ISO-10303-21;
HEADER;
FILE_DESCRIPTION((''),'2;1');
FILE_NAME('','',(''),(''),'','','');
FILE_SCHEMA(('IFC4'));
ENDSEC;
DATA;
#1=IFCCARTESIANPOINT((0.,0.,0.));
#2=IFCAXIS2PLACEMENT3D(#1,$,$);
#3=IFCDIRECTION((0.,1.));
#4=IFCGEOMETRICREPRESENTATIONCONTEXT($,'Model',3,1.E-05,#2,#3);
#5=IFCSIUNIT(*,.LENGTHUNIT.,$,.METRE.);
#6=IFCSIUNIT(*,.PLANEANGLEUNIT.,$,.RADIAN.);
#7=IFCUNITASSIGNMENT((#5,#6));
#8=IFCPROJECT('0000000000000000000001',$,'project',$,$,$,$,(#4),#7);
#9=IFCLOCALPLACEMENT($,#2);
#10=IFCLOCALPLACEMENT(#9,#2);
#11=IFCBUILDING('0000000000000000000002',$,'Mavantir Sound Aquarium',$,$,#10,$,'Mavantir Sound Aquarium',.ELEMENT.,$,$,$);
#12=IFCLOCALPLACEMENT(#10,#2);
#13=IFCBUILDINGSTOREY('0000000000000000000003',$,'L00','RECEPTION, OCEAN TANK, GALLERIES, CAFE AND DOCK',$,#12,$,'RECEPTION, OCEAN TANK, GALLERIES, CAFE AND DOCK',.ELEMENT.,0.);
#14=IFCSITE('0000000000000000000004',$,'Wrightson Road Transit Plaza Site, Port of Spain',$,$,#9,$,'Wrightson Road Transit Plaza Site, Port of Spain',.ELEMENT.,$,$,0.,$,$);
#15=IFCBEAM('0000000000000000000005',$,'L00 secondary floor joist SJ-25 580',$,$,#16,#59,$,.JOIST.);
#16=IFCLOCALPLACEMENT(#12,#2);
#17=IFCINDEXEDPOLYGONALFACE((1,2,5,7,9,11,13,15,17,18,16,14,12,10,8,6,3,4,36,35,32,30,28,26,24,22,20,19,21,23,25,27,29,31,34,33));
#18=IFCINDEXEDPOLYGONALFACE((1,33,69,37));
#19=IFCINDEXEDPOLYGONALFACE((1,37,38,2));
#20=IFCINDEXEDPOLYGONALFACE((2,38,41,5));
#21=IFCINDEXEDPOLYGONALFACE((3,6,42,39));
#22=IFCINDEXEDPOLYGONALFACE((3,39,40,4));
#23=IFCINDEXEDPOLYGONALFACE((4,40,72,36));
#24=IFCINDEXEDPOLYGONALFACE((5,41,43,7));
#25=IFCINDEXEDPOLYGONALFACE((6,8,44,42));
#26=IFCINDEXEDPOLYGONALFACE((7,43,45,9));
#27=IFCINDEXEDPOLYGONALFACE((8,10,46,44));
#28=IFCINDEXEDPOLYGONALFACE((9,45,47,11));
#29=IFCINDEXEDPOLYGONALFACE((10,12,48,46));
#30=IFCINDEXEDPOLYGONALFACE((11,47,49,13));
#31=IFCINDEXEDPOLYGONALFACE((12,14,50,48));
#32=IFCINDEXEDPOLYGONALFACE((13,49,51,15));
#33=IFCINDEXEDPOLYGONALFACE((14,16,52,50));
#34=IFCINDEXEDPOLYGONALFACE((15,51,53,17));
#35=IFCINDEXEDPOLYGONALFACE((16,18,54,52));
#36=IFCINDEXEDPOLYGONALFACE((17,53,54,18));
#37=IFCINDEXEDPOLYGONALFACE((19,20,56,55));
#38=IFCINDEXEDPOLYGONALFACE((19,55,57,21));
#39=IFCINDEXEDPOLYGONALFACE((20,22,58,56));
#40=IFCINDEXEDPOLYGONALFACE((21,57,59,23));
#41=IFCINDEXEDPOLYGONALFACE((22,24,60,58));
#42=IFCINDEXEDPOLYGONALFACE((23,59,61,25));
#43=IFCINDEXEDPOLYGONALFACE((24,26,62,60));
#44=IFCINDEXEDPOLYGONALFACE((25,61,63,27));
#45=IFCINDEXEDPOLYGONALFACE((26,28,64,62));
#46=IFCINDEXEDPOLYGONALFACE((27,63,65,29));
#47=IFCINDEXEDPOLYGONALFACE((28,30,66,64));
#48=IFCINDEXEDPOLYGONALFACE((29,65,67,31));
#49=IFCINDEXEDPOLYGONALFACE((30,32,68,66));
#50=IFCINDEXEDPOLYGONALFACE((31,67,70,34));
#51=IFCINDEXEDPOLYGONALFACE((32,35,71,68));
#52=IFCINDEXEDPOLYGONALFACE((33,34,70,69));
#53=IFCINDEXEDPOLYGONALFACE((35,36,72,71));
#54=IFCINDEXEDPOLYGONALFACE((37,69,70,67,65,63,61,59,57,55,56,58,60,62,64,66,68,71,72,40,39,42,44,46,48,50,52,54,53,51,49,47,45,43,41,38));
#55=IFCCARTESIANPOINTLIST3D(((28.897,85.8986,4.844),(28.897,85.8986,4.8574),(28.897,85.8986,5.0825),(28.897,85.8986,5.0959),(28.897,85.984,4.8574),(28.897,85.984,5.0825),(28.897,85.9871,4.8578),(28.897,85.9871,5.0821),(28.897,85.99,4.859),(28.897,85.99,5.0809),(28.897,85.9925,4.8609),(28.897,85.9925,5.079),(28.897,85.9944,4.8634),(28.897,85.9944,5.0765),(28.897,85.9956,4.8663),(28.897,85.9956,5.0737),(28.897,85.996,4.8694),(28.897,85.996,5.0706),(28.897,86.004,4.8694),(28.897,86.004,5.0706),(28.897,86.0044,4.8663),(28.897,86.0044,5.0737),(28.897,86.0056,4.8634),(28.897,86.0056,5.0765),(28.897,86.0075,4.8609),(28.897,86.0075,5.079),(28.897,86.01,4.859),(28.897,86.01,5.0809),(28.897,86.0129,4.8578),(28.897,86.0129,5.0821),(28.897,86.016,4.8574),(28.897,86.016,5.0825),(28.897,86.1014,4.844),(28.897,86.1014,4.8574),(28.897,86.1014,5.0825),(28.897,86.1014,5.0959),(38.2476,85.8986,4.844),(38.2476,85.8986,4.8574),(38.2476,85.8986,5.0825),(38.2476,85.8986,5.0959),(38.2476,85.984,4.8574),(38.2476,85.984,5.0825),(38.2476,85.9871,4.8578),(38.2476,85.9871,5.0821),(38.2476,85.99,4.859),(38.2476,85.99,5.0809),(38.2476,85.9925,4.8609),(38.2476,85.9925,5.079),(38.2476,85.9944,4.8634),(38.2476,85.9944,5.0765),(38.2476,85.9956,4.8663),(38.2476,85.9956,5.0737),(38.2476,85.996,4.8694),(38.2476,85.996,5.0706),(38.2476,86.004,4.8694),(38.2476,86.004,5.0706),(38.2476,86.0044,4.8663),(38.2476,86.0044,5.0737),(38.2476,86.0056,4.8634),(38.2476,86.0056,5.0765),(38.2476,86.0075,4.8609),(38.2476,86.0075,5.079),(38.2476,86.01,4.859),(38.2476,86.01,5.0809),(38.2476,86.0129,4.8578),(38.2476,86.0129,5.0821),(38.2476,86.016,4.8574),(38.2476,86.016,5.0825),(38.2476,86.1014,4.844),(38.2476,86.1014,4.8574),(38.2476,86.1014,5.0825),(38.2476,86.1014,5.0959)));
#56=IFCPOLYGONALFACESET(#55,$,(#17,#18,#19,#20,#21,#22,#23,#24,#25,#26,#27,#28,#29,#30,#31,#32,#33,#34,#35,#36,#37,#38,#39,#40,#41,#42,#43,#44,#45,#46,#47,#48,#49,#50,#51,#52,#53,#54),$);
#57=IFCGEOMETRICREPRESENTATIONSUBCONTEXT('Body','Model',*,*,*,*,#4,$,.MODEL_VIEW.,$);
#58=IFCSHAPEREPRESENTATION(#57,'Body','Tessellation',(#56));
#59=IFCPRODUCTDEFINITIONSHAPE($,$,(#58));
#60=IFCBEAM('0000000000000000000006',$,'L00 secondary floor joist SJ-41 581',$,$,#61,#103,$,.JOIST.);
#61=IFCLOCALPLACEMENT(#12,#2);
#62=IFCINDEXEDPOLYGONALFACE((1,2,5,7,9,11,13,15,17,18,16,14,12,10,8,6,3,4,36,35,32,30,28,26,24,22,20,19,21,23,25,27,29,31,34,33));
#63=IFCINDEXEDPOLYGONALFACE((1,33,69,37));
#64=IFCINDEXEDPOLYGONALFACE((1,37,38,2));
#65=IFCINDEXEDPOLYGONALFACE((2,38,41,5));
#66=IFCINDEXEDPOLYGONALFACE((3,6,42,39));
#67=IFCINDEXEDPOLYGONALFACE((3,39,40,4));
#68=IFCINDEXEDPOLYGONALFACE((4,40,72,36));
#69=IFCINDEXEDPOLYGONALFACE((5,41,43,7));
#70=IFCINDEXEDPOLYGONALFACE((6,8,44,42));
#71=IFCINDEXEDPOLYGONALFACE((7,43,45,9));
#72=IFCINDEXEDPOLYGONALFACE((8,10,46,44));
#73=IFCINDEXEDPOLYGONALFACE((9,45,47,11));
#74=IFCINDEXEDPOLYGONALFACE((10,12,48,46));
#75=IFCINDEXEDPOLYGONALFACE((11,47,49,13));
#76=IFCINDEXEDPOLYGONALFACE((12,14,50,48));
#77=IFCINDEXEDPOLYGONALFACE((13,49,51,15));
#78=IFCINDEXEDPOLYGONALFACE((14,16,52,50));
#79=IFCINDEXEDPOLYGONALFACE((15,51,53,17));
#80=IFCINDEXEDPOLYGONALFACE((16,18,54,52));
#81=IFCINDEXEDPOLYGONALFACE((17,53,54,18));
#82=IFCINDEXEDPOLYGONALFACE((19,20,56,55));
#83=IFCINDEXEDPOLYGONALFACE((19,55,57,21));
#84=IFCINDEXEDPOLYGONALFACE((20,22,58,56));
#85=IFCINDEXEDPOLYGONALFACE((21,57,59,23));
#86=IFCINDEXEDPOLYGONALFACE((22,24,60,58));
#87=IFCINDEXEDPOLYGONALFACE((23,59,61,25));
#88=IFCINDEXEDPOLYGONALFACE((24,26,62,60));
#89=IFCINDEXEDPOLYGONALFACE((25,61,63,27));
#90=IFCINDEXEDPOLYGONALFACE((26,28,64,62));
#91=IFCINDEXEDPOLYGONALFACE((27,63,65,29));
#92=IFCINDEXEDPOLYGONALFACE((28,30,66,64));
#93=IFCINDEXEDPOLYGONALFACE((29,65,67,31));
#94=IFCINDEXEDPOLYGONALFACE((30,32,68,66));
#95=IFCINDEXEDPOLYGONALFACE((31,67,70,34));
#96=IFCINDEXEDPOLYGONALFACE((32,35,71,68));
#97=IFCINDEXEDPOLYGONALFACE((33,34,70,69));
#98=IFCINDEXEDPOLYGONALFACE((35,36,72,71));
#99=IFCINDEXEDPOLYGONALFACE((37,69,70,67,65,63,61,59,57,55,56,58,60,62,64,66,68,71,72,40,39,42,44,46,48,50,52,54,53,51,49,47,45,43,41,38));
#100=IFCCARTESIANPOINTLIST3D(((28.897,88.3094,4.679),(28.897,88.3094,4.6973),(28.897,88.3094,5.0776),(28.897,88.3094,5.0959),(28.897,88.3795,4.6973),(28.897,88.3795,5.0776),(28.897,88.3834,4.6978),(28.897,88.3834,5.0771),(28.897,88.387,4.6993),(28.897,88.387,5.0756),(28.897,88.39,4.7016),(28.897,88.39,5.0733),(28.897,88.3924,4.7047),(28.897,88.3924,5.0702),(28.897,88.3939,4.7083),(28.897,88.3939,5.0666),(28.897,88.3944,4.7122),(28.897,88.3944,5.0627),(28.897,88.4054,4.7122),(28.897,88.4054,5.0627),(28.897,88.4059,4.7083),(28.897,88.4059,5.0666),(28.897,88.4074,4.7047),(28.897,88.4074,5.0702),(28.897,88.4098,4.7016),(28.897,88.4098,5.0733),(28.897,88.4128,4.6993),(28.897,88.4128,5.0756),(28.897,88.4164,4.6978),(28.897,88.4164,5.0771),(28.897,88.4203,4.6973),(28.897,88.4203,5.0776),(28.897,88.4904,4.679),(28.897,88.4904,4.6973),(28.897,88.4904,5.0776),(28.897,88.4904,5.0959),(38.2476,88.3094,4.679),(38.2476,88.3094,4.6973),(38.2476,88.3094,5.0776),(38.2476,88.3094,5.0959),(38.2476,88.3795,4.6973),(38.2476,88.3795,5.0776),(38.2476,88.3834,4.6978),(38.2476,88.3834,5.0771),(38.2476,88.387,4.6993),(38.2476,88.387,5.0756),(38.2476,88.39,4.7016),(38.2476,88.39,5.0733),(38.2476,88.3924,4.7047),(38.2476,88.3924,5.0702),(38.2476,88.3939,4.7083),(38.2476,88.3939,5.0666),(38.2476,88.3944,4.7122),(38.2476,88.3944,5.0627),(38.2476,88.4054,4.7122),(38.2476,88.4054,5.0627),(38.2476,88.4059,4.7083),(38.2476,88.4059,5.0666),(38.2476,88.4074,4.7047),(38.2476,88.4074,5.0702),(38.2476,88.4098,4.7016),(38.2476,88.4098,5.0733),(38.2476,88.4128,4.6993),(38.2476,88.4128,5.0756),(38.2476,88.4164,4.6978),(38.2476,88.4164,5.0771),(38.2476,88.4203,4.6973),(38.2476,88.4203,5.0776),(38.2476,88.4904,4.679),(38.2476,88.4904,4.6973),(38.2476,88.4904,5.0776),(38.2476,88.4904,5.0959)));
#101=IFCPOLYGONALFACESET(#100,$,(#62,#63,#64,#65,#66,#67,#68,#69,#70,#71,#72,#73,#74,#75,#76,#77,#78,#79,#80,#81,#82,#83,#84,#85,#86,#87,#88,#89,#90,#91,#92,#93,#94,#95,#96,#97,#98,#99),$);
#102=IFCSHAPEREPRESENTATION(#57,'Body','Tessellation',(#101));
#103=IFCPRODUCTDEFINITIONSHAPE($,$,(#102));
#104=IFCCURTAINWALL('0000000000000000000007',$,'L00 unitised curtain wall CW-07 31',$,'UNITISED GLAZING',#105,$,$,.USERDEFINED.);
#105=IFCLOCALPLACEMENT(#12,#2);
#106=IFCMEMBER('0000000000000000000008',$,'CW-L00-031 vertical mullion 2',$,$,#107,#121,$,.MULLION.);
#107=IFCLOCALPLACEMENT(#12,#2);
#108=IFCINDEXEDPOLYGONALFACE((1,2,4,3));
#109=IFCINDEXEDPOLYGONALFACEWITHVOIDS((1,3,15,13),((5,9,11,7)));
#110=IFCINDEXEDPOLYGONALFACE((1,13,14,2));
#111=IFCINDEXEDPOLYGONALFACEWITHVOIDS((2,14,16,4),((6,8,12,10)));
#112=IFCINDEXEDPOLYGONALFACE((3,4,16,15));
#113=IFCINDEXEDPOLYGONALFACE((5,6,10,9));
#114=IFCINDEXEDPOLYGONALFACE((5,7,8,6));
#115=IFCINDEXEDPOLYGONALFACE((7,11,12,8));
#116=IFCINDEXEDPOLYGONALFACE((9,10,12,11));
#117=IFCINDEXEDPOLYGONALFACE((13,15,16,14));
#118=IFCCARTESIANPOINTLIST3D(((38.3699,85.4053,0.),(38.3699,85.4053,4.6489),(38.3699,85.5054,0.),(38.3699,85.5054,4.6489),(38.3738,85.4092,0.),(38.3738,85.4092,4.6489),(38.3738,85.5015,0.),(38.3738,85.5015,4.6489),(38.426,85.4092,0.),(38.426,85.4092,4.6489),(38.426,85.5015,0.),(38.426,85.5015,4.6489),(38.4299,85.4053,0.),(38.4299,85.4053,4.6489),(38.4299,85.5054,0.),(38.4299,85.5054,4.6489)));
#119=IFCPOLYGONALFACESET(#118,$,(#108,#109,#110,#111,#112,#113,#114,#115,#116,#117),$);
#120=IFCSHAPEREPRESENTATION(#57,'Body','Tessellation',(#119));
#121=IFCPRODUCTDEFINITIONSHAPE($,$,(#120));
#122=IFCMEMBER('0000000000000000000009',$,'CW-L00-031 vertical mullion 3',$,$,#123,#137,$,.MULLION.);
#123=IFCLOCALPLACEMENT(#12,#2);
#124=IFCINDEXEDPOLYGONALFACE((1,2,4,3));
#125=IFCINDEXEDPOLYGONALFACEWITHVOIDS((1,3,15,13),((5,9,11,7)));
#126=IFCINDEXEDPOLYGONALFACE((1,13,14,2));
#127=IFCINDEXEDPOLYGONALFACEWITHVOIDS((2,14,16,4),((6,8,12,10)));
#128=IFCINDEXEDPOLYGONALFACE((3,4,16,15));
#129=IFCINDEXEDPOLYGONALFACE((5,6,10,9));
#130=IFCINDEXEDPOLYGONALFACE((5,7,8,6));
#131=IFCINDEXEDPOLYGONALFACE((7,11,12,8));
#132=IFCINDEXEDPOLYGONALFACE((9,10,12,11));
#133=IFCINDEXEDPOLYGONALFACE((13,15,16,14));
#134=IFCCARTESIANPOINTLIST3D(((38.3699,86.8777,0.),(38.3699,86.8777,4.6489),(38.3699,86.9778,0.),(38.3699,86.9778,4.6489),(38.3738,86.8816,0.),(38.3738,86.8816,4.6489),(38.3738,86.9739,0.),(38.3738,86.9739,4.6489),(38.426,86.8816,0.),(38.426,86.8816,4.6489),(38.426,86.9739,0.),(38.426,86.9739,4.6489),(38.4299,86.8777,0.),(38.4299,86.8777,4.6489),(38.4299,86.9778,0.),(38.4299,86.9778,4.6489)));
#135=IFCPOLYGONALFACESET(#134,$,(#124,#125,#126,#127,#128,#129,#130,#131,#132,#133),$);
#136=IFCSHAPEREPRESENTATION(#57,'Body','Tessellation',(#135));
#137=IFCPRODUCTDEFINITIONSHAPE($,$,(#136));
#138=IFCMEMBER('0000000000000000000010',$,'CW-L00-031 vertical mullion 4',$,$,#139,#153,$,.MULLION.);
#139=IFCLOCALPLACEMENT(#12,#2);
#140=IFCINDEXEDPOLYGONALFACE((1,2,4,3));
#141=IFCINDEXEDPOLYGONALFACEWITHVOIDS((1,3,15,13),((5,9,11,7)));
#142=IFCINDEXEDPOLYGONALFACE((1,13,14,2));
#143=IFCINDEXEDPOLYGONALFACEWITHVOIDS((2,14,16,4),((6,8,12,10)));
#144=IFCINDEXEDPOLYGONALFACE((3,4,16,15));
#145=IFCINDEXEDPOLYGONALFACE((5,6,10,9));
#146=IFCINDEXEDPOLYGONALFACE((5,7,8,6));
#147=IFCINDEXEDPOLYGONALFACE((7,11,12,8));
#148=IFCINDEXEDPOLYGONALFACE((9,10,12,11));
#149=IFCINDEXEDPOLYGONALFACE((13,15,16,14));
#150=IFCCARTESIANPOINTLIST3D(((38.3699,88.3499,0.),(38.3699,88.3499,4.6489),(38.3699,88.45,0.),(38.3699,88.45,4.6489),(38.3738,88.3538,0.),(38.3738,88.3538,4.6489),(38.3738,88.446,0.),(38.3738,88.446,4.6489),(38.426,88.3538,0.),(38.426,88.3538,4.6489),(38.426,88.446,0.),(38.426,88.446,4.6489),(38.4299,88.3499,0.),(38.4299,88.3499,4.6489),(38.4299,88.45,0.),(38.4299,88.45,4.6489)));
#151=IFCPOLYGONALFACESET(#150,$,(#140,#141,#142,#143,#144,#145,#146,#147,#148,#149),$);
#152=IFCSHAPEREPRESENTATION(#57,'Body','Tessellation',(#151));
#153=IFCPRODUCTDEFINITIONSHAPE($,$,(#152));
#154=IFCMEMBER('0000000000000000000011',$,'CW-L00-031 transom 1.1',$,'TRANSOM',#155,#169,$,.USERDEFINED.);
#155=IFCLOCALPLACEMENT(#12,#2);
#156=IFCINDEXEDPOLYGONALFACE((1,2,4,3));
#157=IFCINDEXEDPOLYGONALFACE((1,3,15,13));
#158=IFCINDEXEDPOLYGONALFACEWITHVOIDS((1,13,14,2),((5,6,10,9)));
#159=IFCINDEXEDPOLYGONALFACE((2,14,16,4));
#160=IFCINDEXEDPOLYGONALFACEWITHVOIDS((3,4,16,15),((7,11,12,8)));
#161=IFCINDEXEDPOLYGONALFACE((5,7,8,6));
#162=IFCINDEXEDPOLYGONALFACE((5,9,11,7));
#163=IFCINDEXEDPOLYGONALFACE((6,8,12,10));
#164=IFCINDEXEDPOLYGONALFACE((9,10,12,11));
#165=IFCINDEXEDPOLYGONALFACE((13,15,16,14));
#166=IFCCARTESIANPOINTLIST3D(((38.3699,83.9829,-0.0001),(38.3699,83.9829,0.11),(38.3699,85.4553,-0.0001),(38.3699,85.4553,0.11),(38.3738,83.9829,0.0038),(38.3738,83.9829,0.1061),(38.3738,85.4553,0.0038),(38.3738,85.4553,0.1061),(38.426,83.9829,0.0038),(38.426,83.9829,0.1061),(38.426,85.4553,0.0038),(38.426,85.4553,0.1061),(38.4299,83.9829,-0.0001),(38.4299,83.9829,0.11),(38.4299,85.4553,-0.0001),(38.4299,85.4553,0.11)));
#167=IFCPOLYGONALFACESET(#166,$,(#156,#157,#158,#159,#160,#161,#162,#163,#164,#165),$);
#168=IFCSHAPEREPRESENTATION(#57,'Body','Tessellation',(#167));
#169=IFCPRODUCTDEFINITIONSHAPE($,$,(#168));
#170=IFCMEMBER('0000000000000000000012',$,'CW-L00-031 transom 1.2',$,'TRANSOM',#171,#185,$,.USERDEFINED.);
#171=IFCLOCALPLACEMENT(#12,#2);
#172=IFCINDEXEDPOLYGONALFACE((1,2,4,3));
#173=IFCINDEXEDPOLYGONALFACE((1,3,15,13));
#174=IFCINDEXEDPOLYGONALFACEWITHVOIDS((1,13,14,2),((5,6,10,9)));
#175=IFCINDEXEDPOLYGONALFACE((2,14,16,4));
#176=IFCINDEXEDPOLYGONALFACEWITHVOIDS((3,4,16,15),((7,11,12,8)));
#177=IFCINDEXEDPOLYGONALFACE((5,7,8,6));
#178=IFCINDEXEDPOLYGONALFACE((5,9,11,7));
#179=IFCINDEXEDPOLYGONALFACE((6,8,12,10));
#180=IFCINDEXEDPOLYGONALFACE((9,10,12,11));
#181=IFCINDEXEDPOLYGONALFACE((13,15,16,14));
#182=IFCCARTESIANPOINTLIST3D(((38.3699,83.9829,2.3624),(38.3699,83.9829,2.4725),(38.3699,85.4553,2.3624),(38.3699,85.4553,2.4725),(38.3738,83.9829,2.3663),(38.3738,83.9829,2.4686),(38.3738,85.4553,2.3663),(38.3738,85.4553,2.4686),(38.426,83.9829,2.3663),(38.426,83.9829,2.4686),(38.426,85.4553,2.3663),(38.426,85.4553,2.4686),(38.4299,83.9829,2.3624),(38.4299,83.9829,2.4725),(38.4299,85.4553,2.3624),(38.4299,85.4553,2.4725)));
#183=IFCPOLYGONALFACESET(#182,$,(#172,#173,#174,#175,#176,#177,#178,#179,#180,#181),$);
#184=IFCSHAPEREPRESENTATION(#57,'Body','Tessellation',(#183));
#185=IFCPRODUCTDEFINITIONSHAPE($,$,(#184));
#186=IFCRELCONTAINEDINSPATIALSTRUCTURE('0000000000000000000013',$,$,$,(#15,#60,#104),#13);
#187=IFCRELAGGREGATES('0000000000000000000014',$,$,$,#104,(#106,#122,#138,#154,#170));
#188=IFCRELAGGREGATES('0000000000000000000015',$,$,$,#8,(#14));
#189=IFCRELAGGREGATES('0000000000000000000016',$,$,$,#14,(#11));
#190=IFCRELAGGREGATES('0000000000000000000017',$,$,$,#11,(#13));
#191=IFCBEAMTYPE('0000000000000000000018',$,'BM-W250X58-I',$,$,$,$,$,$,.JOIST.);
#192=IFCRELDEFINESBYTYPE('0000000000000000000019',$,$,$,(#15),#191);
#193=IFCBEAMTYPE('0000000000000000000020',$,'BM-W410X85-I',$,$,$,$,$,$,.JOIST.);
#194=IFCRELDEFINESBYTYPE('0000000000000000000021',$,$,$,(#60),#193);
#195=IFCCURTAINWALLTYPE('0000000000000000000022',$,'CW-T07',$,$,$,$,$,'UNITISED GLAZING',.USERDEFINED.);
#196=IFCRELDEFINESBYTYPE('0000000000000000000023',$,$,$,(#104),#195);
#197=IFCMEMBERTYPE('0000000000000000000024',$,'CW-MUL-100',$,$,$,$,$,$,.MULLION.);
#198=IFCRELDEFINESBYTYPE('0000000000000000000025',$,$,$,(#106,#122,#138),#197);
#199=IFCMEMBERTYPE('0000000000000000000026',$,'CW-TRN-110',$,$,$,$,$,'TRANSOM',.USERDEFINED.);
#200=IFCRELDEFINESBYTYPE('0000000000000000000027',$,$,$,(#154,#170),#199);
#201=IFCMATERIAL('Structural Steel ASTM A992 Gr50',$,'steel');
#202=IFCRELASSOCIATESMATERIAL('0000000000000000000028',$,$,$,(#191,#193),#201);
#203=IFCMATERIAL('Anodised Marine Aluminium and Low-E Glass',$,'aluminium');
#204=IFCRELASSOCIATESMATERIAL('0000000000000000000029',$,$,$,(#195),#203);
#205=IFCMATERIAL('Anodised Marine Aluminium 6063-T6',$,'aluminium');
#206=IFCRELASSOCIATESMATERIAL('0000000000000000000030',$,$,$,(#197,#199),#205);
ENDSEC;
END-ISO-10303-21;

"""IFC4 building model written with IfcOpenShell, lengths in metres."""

from ifc_helpers import new_model, si_unit, direction, frame, origin, origin_2d, place, context, subcontext, project, spatial, hollow_rectangle, i_section, extrude, material, material_profile, profile_set, type_object, element, aggregate, save


model = new_model("IFC4")

# Units and contexts
model_context = context("Model", 3, precision=1e-05, world=origin(), true_north=direction((0.0, 1.0)))
body_context = subcontext(model_context, "Body", "Model", "MODEL_VIEW")
ifc_project = project(units=[si_unit("LENGTHUNIT", "METRE"), si_unit("PLANEANGLEUNIT", "RADIAN")], contexts=[model_context])

# Site, building, storey
site_placement = place(None, origin())
site = spatial("IfcSite", under=ifc_project, at=site_placement, Name="Wrightson Road Transit Plaza Site, Port of Spain", LongName="Wrightson Road Transit Plaza Site, Port of Spain", CompositionType="ELEMENT", RefElevation=0.0)
building_placement = place(site_placement, origin())
building = spatial("IfcBuilding", under=site, at=building_placement, Name="Mavantir Sound Aquarium", LongName="Mavantir Sound Aquarium", CompositionType="ELEMENT")
storey_placement = place(building_placement, origin())
storey = spatial("IfcBuildingStorey", under=building, at=storey_placement, Name="L00", Description="RECEPTION, OCEAN TANK, GALLERIES, CAFE AND DOCK", LongName="RECEPTION, OCEAN TANK, GALLERIES, CAFE AND DOCK", CompositionType="ELEMENT", Elevation=0.0)

# Beams
ifc_material_1 = material(Name="Structural Steel ASTM A992 Gr50", Category="steel")
ifc_material_profile_1 = material_profile(ifc_material_1, i_section(OverallWidth=0.2029, OverallDepth=0.252, WebThickness=0.0081, FlangeThickness=0.0134, FilletRadius=0.012, at=origin_2d()), Name="W250X58")
ifc_profile_set_1 = profile_set([ifc_material_profile_1], Name="Structural Steel ASTM A992 Gr50")
beam_type_1 = type_object("IfcBeamType", Name="BM-W250X58-I", PredefinedType="JOIST", material=ifc_profile_set_1)
beam_1_placement = place(storey_placement, frame((28.897, 86.0, 4.97), z_axis=(1.0, 0.0, 0.0), x_axis=(0.0, 1.0, 0.0)))
element("IfcBeam", 1, at=beam_1_placement, inside=storey, type_object=beam_type_1, Name="L00 secondary floor joist SJ-25 580", PredefinedType="JOIST", context=body_context, shape_type="SweptSolid", body=[
    extrude(i_section(OverallWidth=0.2029, OverallDepth=0.252, WebThickness=0.0081, FlangeThickness=0.0134, FilletRadius=0.012, at=origin_2d()), origin(), (0.0, 0.0, 1.0), 9.3506),
])
ifc_material_profile_2 = material_profile(ifc_material_1, i_section(OverallWidth=0.1809, OverallDepth=0.417, WebThickness=0.011, FlangeThickness=0.0183, FilletRadius=0.0149, at=origin_2d()), Name="W410X85")
ifc_profile_set_2 = profile_set([ifc_material_profile_2], Name="Structural Steel ASTM A992 Gr50")
beam_type_2 = type_object("IfcBeamType", Name="BM-W410X85-I", PredefinedType="JOIST", material=ifc_profile_set_2)
beam_2_placement = place(storey_placement, frame((28.897, 88.3999, 4.8875), z_axis=(1.0, 0.0, 0.0), x_axis=(0.0, 1.0, 0.0)))
element("IfcBeam", 2, at=beam_2_placement, inside=storey, type_object=beam_type_2, Name="L00 secondary floor joist SJ-41 581", PredefinedType="JOIST", context=body_context, shape_type="SweptSolid", body=[
    extrude(i_section(OverallWidth=0.1809, OverallDepth=0.417, WebThickness=0.011, FlangeThickness=0.0183, FilletRadius=0.0149, at=origin_2d()), origin(), (0.0, 0.0, 1.0), 9.3506),
])

# Curtain wall, members
ifc_material_2 = material(Name="Anodised Marine Aluminium and Low-E Glass", Category="aluminium")
curtain_wall_type = type_object("IfcCurtainWallType", Name="CW-T07", ElementType="UNITISED GLAZING", PredefinedType="USERDEFINED", material=ifc_material_2)
curtain_wall_placement = place(storey_placement, origin())
curtain_wall = element("IfcCurtainWall", 3, at=curtain_wall_placement, inside=storey, type_object=curtain_wall_type, Name="L00 unitised curtain wall CW-07 31", ObjectType="UNITISED GLAZING", PredefinedType="USERDEFINED")
ifc_material_3 = material(Name="Anodised Marine Aluminium 6063-T6", Category="aluminium")
ifc_material_profile_3 = material_profile(ifc_material_3, hollow_rectangle(XDim=0.0601, YDim=0.1001, WallThickness=0.0039, at=origin_2d()), Name="ALU-MULLION-100X60")
ifc_profile_set_3 = profile_set([ifc_material_profile_3], Name="Anodised Marine Aluminium 6063-T6")
member_type_1 = type_object("IfcMemberType", Name="CW-MUL-100", PredefinedType="MULLION", material=ifc_profile_set_3)
member_1_placement = place(storey_placement, frame((38.3999, 85.4553, 0.0), z_axis=(0.0, 0.0, 1.0), x_axis=(1.0, 0.0, 0.0)))
member_1 = element("IfcMember", 4, at=member_1_placement, type_object=member_type_1, Name="CW-L00-031 vertical mullion 2", PredefinedType="MULLION", context=body_context, shape_type="SweptSolid", body=[
    extrude(hollow_rectangle(XDim=0.0601, YDim=0.1001, WallThickness=0.0039, at=origin_2d()), origin(), (0.0, 0.0, 1.0), 4.6489),
])
member_2_placement = place(storey_placement, frame((38.3999, 86.9277, 0.0), z_axis=(0.0, 0.0, 1.0), x_axis=(1.0, 0.0, 0.0)))
member_2 = element("IfcMember", 5, at=member_2_placement, type_object=member_type_1, Name="CW-L00-031 vertical mullion 3", PredefinedType="MULLION", context=body_context, shape_type="SweptSolid", body=[
    extrude(hollow_rectangle(XDim=0.0601, YDim=0.1001, WallThickness=0.0039, at=origin_2d()), origin(), (0.0, 0.0, 1.0), 4.6489),
])
member_3_placement = place(storey_placement, frame((38.3999, 88.3999, 0.0), z_axis=(0.0, 0.0, 1.0), x_axis=(1.0, 0.0, 0.0)))
member_3 = element("IfcMember", 6, at=member_3_placement, type_object=member_type_1, Name="CW-L00-031 vertical mullion 4", PredefinedType="MULLION", context=body_context, shape_type="SweptSolid", body=[
    extrude(hollow_rectangle(XDim=0.0601, YDim=0.1001, WallThickness=0.0039, at=origin_2d()), origin(), (0.0, 0.0, 1.0), 4.6489),
])
ifc_material_profile_4 = material_profile(ifc_material_3, hollow_rectangle(XDim=0.0601, YDim=0.1101, WallThickness=0.0039, at=origin_2d()), Name="ALU-TRANSOM-110X60")
ifc_profile_set_4 = profile_set([ifc_material_profile_4], Name="Anodised Marine Aluminium 6063-T6")
member_type_2 = type_object("IfcMemberType", Name="CW-TRN-110", ElementType="TRANSOM", PredefinedType="USERDEFINED", material=ifc_profile_set_4)
member_4_placement = place(storey_placement, frame((38.3999, 83.9829, 0.0549), z_axis=(0.0, 1.0, 0.0), x_axis=(-1.0, 0.0, 0.0)))
member_4 = element("IfcMember", 7, at=member_4_placement, type_object=member_type_2, Name="CW-L00-031 transom 1.1", ObjectType="TRANSOM", PredefinedType="USERDEFINED", context=body_context, shape_type="SweptSolid", body=[
    extrude(hollow_rectangle(XDim=0.0601, YDim=0.1101, WallThickness=0.0039, at=origin_2d()), origin(), (0.0, 0.0, 1.0), 1.4724),
])
member_5_placement = place(storey_placement, frame((38.3999, 83.9829, 2.4175), z_axis=(0.0, 1.0, 0.0), x_axis=(-1.0, 0.0, 0.0)))
member_5 = element("IfcMember", 8, at=member_5_placement, type_object=member_type_2, Name="CW-L00-031 transom 1.2", ObjectType="TRANSOM", PredefinedType="USERDEFINED", context=body_context, shape_type="SweptSolid", body=[
    extrude(hollow_rectangle(XDim=0.0601, YDim=0.1101, WallThickness=0.0039, at=origin_2d()), origin(), (0.0, 0.0, 1.0), 1.4724),
])
aggregate(curtain_wall, [member_1, member_2, member_3, member_4, member_5])

save(model, "model.ifc")
